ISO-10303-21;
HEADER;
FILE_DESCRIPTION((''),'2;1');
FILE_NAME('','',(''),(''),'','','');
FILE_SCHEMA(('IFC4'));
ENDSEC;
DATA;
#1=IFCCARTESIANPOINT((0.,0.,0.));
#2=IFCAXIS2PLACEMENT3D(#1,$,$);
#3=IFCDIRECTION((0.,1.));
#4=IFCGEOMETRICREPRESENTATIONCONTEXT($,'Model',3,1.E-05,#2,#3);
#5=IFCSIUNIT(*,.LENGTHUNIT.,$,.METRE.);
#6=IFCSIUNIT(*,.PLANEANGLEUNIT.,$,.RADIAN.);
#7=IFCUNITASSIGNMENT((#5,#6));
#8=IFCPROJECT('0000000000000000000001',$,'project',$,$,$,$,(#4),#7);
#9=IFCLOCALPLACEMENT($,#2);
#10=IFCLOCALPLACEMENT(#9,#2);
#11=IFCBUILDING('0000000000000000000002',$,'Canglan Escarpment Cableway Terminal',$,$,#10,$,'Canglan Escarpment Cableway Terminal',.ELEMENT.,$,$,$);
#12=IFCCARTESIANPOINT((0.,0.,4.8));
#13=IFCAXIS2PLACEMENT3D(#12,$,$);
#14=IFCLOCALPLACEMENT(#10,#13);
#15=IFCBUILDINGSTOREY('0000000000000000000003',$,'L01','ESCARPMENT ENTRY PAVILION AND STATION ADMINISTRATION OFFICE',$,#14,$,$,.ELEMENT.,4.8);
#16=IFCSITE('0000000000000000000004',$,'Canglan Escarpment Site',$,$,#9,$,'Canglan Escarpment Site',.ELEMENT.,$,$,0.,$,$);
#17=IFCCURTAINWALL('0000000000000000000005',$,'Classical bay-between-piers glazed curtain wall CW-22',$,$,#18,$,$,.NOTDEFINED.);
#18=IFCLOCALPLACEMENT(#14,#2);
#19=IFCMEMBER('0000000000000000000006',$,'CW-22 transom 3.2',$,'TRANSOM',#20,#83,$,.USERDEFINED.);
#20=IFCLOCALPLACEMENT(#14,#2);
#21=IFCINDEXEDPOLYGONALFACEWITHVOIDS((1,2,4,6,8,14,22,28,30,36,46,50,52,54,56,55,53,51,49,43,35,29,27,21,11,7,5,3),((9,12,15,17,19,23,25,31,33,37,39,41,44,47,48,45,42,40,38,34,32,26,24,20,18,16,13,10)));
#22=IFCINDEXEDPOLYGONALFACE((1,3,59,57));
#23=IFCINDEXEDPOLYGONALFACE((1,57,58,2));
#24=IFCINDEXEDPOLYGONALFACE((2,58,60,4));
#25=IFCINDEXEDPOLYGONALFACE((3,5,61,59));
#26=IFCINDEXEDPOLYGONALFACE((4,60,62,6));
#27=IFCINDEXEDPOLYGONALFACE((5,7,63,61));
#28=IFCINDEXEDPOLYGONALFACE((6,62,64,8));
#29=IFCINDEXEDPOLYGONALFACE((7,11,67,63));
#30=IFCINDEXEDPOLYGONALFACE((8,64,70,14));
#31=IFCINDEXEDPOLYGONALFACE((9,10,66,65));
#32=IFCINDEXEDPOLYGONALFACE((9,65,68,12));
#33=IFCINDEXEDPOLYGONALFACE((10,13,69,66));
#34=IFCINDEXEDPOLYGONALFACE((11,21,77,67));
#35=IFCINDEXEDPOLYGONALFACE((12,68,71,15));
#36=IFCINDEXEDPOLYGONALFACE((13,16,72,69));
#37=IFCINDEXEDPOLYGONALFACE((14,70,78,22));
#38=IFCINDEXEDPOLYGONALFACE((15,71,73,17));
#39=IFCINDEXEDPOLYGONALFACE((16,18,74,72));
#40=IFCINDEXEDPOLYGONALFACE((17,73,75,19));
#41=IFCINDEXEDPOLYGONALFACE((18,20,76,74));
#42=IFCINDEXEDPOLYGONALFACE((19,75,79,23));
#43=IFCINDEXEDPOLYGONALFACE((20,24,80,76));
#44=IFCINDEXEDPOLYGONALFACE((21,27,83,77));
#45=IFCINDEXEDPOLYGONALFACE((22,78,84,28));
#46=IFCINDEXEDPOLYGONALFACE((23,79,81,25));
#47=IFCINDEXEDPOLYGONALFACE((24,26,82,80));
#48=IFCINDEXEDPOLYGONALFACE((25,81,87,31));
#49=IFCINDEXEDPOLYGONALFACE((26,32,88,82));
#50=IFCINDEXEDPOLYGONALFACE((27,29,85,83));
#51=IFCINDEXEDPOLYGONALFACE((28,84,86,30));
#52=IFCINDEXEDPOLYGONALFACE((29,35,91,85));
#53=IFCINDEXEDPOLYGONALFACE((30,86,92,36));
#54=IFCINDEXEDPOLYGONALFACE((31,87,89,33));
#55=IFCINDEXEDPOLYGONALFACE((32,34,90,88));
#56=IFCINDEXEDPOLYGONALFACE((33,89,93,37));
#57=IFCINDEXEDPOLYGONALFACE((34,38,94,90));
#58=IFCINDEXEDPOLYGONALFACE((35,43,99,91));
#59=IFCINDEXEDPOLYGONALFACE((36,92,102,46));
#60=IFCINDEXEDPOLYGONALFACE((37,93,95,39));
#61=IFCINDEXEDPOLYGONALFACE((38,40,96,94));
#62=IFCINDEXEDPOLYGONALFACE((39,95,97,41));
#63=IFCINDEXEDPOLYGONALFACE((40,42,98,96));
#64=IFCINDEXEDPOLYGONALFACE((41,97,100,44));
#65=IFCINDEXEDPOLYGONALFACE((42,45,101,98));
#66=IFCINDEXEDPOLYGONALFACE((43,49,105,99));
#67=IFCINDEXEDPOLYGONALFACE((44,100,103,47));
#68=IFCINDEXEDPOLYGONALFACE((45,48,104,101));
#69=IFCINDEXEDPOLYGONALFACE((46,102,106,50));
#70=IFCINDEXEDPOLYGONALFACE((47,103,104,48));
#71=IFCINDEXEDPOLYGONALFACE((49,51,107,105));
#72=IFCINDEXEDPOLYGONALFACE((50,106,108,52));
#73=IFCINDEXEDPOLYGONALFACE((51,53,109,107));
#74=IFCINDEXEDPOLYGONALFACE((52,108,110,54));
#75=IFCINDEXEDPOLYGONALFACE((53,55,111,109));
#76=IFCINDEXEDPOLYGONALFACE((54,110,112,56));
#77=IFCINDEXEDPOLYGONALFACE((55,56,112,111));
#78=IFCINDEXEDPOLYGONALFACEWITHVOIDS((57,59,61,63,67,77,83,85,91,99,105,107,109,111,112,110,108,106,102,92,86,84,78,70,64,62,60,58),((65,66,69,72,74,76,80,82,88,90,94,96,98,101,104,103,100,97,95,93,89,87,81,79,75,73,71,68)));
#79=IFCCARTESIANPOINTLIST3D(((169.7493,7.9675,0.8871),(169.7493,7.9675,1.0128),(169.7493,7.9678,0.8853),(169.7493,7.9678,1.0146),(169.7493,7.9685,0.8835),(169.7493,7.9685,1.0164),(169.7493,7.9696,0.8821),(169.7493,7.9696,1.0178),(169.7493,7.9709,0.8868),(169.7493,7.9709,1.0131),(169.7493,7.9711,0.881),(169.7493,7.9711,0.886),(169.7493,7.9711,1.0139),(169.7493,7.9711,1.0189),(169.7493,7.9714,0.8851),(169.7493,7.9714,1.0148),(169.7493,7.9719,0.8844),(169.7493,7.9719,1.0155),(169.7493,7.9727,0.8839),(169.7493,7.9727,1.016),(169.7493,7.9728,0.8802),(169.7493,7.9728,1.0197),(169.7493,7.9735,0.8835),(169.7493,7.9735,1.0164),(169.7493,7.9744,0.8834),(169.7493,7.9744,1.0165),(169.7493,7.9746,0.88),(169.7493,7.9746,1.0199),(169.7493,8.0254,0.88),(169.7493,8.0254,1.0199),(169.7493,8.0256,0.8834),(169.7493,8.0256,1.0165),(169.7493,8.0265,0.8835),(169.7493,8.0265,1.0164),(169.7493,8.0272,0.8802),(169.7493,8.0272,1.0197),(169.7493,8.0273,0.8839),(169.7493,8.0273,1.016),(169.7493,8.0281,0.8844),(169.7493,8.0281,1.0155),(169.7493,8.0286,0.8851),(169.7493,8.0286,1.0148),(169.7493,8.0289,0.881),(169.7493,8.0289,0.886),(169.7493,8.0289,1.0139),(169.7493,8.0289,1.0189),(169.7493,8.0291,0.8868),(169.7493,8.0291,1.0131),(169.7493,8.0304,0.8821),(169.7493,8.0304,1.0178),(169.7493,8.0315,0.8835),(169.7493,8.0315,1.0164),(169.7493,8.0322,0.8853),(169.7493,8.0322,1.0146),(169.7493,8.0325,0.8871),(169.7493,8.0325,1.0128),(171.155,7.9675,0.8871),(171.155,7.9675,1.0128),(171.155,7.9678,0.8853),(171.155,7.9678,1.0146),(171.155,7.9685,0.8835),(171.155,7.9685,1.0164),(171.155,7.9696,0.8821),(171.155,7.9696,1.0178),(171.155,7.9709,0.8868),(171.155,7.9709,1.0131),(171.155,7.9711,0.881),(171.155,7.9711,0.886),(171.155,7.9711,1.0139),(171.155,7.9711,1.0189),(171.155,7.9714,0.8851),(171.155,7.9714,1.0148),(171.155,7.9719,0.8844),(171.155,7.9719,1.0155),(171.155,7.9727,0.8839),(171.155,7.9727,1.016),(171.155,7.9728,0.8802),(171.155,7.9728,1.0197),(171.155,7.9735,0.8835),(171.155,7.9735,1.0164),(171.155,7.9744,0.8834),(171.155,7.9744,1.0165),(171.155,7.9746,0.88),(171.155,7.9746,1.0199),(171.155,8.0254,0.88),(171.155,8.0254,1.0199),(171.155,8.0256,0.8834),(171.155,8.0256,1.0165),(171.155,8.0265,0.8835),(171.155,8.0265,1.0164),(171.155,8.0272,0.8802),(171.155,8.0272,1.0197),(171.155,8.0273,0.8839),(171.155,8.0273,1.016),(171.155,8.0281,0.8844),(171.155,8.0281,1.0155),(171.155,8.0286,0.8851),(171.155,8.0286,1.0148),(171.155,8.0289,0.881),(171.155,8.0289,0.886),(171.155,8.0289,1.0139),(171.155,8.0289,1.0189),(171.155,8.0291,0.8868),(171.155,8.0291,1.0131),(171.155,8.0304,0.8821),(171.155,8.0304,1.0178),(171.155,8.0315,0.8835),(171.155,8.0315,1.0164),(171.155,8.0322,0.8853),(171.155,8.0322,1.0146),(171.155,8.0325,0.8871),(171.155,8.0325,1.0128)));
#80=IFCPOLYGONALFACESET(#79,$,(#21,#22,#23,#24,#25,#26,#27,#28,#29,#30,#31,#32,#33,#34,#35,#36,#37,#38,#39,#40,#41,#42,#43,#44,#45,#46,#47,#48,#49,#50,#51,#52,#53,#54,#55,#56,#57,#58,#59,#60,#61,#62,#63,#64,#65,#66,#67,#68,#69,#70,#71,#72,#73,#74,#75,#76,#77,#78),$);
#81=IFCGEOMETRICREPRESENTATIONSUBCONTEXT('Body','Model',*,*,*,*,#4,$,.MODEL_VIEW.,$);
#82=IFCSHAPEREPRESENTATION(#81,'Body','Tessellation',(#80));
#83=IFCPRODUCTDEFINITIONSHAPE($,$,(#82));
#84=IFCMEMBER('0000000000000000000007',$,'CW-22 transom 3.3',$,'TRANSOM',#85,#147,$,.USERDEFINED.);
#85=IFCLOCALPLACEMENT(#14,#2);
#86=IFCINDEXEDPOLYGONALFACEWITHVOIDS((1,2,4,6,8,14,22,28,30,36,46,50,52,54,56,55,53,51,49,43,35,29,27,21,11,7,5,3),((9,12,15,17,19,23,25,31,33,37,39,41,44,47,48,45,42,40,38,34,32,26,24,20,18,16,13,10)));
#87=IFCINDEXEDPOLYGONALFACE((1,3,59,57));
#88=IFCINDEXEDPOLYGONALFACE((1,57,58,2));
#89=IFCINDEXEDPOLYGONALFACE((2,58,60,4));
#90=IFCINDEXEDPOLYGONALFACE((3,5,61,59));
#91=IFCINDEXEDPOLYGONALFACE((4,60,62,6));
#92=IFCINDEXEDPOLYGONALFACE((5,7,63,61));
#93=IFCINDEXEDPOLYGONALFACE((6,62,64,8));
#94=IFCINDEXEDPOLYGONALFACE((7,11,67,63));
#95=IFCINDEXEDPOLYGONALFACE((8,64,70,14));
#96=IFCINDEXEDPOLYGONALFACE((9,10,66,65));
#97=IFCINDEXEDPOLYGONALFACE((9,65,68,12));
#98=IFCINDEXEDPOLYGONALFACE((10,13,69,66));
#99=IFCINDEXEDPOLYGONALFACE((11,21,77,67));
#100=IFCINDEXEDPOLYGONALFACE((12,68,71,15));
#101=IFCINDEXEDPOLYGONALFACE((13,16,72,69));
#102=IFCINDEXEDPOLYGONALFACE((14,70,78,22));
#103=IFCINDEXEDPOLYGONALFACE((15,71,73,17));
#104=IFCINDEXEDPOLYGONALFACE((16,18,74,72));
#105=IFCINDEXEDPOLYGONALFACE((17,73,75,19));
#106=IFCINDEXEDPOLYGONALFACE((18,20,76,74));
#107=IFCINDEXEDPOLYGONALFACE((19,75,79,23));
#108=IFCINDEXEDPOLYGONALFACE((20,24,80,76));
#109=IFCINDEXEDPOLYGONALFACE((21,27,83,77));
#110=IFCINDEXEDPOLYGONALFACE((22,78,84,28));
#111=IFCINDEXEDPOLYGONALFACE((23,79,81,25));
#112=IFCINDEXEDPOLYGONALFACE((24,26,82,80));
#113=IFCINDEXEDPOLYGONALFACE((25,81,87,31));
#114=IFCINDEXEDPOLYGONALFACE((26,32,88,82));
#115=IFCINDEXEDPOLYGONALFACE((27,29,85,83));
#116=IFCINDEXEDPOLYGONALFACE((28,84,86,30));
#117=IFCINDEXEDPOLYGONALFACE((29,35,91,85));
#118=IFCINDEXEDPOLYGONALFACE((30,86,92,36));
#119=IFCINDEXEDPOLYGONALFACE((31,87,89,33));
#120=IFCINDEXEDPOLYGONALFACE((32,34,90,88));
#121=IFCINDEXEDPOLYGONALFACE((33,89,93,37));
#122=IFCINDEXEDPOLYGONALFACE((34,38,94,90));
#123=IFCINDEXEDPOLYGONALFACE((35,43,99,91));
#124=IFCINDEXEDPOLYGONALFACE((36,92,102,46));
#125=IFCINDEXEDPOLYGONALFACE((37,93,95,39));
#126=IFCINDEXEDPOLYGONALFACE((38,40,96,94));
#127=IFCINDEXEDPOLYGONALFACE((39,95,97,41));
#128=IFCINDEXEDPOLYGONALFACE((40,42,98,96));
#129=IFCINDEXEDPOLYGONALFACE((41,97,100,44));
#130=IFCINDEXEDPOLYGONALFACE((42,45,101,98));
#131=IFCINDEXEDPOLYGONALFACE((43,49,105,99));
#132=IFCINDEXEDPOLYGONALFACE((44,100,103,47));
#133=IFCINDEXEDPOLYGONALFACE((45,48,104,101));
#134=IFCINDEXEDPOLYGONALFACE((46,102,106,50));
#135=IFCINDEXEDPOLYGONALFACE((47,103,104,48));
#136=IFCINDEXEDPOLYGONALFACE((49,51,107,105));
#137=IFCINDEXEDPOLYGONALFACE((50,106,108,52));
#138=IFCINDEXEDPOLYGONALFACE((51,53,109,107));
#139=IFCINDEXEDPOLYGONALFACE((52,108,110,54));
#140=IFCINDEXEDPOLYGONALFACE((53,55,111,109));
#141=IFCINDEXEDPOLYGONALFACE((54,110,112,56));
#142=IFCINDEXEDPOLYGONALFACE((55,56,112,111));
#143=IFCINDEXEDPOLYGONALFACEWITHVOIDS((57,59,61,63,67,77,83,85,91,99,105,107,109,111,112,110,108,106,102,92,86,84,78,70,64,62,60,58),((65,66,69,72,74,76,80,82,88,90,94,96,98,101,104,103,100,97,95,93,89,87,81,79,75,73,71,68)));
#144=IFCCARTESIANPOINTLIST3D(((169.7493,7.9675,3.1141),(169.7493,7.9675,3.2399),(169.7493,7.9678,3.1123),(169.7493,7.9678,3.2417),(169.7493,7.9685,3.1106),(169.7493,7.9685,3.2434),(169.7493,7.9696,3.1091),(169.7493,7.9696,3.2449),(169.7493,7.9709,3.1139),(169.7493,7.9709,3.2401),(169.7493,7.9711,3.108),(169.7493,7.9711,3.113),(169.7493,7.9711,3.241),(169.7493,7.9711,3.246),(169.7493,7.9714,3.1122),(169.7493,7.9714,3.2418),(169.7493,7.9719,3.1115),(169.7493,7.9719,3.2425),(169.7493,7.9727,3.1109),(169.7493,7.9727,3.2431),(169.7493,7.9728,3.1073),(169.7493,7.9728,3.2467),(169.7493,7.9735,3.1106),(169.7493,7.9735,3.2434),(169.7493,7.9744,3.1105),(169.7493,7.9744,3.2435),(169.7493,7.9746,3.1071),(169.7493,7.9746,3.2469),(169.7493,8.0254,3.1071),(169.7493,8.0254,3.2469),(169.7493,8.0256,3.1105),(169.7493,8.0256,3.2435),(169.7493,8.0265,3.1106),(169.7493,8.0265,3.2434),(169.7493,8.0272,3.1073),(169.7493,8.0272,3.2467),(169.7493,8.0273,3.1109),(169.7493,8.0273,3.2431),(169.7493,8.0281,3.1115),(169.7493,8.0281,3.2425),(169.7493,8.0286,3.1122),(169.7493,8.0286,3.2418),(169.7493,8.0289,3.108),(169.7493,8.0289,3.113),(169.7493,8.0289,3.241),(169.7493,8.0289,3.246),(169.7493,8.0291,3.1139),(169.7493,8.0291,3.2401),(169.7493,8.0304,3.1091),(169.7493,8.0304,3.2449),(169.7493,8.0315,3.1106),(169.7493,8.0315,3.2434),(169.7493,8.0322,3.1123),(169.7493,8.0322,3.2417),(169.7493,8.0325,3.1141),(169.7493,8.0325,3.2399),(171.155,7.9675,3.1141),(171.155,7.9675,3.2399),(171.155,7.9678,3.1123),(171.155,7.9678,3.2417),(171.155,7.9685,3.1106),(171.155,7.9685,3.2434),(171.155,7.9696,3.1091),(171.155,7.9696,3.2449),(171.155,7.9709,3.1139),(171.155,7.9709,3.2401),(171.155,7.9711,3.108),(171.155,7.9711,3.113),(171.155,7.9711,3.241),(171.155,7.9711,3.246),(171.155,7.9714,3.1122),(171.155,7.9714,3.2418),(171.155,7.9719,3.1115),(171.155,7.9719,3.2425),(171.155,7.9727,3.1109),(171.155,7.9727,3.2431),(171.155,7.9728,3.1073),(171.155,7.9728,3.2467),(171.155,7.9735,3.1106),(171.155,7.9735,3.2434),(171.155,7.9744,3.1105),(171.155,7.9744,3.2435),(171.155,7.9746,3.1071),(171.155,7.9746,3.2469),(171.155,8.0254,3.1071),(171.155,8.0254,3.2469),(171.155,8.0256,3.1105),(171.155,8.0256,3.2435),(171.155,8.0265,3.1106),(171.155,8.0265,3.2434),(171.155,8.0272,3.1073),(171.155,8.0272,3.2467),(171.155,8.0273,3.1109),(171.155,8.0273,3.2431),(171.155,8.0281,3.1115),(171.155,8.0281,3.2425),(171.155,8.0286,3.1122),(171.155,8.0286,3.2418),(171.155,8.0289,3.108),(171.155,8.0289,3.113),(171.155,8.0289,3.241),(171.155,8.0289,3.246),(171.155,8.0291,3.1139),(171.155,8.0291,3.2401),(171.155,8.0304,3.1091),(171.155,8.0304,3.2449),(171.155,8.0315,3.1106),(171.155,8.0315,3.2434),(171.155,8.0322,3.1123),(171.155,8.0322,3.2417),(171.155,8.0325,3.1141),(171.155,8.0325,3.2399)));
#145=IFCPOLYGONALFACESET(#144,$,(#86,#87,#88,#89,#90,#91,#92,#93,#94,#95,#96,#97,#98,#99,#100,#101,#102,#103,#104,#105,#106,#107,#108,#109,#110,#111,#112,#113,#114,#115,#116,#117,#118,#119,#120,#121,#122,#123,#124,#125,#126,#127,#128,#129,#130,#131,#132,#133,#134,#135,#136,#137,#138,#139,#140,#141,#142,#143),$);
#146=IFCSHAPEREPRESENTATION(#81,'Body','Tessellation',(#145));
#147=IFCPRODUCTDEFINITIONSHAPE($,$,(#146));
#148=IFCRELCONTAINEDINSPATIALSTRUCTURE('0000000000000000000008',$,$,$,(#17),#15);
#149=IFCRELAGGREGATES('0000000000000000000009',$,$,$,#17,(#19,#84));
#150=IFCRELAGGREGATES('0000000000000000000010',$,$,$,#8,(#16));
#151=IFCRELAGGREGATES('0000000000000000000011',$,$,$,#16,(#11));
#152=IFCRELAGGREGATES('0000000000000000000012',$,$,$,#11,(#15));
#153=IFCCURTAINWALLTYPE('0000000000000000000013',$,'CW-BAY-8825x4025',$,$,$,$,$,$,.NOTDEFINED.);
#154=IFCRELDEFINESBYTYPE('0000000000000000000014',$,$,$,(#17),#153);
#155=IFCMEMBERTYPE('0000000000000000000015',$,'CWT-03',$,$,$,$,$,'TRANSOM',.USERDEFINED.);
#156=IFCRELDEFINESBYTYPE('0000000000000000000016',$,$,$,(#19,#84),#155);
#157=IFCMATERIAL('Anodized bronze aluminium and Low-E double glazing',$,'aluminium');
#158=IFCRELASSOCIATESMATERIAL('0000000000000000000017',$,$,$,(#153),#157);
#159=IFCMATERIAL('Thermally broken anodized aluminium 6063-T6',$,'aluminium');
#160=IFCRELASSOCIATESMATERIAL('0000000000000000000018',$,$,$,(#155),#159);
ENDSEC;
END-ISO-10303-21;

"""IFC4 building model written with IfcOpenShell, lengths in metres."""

from ifc_helpers import new_model, si_unit, direction, frame, origin, origin_2d, place, context, subcontext, project, spatial, hollow_rectangle, extrude, material, material_profile, profile_set, type_object, element, aggregate, save


model = new_model("IFC4")

# Units and contexts
model_context = context("Model", 3, precision=1e-05, world=origin(), true_north=direction((0.0, 1.0)))
body_context = subcontext(model_context, "Body", "Model", "MODEL_VIEW")
ifc_project = project(units=[si_unit("LENGTHUNIT", "METRE"), si_unit("PLANEANGLEUNIT", "RADIAN")], contexts=[model_context])

# Site, building, storey
site_placement = place(None, origin())
site = spatial("IfcSite", under=ifc_project, at=site_placement, Name="Canglan Escarpment Site", LongName="Canglan Escarpment Site", CompositionType="ELEMENT", RefElevation=0.0)
building_placement = place(site_placement, origin())
building = spatial("IfcBuilding", under=site, at=building_placement, Name="Canglan Escarpment Cableway Terminal", LongName="Canglan Escarpment Cableway Terminal", CompositionType="ELEMENT")
storey_placement = place(building_placement, frame((0.0, 0.0, 4.8)))
storey = spatial("IfcBuildingStorey", under=building, at=storey_placement, Name="L01", Description="ESCARPMENT ENTRY PAVILION AND STATION ADMINISTRATION OFFICE", CompositionType="ELEMENT", Elevation=4.8)

# Curtain wall, members
ifc_material_1 = material(Name="Anodized bronze aluminium and Low-E double glazing", Category="aluminium")
curtain_wall_type = type_object("IfcCurtainWallType", Name="CW-BAY-8825x4025", PredefinedType="NOTDEFINED", material=ifc_material_1)
curtain_wall_placement = place(storey_placement, origin())
curtain_wall = element("IfcCurtainWall", 1, at=curtain_wall_placement, inside=storey, type_object=curtain_wall_type, Name="Classical bay-between-piers glazed curtain wall CW-22", PredefinedType="NOTDEFINED")
ifc_material_2 = material(Name="Thermally broken anodized aluminium 6063-T6", Category="aluminium")
ifc_material_profile_1 = material_profile(ifc_material_2, hollow_rectangle(XDim=0.0649, YDim=0.1399, WallThickness=0.0034, InnerFilletRadius=0.0034, OuterFilletRadius=0.0071, at=origin_2d()), Name="ALU-TRAN 65x140x3.5")
ifc_profile_set_1 = profile_set([ifc_material_profile_1], Name="Thermally broken anodized aluminium 6063-T6")
member_type_1 = type_object("IfcMemberType", Name="CWT-03", ElementType="TRANSOM", PredefinedType="USERDEFINED", material=ifc_profile_set_1)
member_1_placement = place(storey_placement, frame((169.7493, 8.0, 0.95), z_axis=(1.0, 0.0, 0.0), x_axis=(0.0, 1.0, 0.0)))
member_1 = element("IfcMember", 2, at=member_1_placement, type_object=member_type_1, Name="CW-22 transom 3.2", ObjectType="TRANSOM", PredefinedType="USERDEFINED", context=body_context, shape_type="SweptSolid", body=[
    extrude(hollow_rectangle(XDim=0.0649, YDim=0.1399, WallThickness=0.0034, InnerFilletRadius=0.0034, OuterFilletRadius=0.0071, at=origin_2d()), origin(), (0.0, 0.0, 1.0), 1.4058),
])
member_2_placement = place(storey_placement, frame((169.7493, 8.0, 3.177), z_axis=(1.0, 0.0, 0.0), x_axis=(0.0, 1.0, 0.0)))
member_2 = element("IfcMember", 3, at=member_2_placement, type_object=member_type_1, Name="CW-22 transom 3.3", ObjectType="TRANSOM", PredefinedType="USERDEFINED", context=body_context, shape_type="SweptSolid", body=[
    extrude(hollow_rectangle(XDim=0.0649, YDim=0.1399, WallThickness=0.0034, InnerFilletRadius=0.0034, OuterFilletRadius=0.0071, at=origin_2d()), origin(), (0.0, 0.0, 1.0), 1.4058),
])
aggregate(curtain_wall, [member_1, member_2])

save(model, "model.ifc")
